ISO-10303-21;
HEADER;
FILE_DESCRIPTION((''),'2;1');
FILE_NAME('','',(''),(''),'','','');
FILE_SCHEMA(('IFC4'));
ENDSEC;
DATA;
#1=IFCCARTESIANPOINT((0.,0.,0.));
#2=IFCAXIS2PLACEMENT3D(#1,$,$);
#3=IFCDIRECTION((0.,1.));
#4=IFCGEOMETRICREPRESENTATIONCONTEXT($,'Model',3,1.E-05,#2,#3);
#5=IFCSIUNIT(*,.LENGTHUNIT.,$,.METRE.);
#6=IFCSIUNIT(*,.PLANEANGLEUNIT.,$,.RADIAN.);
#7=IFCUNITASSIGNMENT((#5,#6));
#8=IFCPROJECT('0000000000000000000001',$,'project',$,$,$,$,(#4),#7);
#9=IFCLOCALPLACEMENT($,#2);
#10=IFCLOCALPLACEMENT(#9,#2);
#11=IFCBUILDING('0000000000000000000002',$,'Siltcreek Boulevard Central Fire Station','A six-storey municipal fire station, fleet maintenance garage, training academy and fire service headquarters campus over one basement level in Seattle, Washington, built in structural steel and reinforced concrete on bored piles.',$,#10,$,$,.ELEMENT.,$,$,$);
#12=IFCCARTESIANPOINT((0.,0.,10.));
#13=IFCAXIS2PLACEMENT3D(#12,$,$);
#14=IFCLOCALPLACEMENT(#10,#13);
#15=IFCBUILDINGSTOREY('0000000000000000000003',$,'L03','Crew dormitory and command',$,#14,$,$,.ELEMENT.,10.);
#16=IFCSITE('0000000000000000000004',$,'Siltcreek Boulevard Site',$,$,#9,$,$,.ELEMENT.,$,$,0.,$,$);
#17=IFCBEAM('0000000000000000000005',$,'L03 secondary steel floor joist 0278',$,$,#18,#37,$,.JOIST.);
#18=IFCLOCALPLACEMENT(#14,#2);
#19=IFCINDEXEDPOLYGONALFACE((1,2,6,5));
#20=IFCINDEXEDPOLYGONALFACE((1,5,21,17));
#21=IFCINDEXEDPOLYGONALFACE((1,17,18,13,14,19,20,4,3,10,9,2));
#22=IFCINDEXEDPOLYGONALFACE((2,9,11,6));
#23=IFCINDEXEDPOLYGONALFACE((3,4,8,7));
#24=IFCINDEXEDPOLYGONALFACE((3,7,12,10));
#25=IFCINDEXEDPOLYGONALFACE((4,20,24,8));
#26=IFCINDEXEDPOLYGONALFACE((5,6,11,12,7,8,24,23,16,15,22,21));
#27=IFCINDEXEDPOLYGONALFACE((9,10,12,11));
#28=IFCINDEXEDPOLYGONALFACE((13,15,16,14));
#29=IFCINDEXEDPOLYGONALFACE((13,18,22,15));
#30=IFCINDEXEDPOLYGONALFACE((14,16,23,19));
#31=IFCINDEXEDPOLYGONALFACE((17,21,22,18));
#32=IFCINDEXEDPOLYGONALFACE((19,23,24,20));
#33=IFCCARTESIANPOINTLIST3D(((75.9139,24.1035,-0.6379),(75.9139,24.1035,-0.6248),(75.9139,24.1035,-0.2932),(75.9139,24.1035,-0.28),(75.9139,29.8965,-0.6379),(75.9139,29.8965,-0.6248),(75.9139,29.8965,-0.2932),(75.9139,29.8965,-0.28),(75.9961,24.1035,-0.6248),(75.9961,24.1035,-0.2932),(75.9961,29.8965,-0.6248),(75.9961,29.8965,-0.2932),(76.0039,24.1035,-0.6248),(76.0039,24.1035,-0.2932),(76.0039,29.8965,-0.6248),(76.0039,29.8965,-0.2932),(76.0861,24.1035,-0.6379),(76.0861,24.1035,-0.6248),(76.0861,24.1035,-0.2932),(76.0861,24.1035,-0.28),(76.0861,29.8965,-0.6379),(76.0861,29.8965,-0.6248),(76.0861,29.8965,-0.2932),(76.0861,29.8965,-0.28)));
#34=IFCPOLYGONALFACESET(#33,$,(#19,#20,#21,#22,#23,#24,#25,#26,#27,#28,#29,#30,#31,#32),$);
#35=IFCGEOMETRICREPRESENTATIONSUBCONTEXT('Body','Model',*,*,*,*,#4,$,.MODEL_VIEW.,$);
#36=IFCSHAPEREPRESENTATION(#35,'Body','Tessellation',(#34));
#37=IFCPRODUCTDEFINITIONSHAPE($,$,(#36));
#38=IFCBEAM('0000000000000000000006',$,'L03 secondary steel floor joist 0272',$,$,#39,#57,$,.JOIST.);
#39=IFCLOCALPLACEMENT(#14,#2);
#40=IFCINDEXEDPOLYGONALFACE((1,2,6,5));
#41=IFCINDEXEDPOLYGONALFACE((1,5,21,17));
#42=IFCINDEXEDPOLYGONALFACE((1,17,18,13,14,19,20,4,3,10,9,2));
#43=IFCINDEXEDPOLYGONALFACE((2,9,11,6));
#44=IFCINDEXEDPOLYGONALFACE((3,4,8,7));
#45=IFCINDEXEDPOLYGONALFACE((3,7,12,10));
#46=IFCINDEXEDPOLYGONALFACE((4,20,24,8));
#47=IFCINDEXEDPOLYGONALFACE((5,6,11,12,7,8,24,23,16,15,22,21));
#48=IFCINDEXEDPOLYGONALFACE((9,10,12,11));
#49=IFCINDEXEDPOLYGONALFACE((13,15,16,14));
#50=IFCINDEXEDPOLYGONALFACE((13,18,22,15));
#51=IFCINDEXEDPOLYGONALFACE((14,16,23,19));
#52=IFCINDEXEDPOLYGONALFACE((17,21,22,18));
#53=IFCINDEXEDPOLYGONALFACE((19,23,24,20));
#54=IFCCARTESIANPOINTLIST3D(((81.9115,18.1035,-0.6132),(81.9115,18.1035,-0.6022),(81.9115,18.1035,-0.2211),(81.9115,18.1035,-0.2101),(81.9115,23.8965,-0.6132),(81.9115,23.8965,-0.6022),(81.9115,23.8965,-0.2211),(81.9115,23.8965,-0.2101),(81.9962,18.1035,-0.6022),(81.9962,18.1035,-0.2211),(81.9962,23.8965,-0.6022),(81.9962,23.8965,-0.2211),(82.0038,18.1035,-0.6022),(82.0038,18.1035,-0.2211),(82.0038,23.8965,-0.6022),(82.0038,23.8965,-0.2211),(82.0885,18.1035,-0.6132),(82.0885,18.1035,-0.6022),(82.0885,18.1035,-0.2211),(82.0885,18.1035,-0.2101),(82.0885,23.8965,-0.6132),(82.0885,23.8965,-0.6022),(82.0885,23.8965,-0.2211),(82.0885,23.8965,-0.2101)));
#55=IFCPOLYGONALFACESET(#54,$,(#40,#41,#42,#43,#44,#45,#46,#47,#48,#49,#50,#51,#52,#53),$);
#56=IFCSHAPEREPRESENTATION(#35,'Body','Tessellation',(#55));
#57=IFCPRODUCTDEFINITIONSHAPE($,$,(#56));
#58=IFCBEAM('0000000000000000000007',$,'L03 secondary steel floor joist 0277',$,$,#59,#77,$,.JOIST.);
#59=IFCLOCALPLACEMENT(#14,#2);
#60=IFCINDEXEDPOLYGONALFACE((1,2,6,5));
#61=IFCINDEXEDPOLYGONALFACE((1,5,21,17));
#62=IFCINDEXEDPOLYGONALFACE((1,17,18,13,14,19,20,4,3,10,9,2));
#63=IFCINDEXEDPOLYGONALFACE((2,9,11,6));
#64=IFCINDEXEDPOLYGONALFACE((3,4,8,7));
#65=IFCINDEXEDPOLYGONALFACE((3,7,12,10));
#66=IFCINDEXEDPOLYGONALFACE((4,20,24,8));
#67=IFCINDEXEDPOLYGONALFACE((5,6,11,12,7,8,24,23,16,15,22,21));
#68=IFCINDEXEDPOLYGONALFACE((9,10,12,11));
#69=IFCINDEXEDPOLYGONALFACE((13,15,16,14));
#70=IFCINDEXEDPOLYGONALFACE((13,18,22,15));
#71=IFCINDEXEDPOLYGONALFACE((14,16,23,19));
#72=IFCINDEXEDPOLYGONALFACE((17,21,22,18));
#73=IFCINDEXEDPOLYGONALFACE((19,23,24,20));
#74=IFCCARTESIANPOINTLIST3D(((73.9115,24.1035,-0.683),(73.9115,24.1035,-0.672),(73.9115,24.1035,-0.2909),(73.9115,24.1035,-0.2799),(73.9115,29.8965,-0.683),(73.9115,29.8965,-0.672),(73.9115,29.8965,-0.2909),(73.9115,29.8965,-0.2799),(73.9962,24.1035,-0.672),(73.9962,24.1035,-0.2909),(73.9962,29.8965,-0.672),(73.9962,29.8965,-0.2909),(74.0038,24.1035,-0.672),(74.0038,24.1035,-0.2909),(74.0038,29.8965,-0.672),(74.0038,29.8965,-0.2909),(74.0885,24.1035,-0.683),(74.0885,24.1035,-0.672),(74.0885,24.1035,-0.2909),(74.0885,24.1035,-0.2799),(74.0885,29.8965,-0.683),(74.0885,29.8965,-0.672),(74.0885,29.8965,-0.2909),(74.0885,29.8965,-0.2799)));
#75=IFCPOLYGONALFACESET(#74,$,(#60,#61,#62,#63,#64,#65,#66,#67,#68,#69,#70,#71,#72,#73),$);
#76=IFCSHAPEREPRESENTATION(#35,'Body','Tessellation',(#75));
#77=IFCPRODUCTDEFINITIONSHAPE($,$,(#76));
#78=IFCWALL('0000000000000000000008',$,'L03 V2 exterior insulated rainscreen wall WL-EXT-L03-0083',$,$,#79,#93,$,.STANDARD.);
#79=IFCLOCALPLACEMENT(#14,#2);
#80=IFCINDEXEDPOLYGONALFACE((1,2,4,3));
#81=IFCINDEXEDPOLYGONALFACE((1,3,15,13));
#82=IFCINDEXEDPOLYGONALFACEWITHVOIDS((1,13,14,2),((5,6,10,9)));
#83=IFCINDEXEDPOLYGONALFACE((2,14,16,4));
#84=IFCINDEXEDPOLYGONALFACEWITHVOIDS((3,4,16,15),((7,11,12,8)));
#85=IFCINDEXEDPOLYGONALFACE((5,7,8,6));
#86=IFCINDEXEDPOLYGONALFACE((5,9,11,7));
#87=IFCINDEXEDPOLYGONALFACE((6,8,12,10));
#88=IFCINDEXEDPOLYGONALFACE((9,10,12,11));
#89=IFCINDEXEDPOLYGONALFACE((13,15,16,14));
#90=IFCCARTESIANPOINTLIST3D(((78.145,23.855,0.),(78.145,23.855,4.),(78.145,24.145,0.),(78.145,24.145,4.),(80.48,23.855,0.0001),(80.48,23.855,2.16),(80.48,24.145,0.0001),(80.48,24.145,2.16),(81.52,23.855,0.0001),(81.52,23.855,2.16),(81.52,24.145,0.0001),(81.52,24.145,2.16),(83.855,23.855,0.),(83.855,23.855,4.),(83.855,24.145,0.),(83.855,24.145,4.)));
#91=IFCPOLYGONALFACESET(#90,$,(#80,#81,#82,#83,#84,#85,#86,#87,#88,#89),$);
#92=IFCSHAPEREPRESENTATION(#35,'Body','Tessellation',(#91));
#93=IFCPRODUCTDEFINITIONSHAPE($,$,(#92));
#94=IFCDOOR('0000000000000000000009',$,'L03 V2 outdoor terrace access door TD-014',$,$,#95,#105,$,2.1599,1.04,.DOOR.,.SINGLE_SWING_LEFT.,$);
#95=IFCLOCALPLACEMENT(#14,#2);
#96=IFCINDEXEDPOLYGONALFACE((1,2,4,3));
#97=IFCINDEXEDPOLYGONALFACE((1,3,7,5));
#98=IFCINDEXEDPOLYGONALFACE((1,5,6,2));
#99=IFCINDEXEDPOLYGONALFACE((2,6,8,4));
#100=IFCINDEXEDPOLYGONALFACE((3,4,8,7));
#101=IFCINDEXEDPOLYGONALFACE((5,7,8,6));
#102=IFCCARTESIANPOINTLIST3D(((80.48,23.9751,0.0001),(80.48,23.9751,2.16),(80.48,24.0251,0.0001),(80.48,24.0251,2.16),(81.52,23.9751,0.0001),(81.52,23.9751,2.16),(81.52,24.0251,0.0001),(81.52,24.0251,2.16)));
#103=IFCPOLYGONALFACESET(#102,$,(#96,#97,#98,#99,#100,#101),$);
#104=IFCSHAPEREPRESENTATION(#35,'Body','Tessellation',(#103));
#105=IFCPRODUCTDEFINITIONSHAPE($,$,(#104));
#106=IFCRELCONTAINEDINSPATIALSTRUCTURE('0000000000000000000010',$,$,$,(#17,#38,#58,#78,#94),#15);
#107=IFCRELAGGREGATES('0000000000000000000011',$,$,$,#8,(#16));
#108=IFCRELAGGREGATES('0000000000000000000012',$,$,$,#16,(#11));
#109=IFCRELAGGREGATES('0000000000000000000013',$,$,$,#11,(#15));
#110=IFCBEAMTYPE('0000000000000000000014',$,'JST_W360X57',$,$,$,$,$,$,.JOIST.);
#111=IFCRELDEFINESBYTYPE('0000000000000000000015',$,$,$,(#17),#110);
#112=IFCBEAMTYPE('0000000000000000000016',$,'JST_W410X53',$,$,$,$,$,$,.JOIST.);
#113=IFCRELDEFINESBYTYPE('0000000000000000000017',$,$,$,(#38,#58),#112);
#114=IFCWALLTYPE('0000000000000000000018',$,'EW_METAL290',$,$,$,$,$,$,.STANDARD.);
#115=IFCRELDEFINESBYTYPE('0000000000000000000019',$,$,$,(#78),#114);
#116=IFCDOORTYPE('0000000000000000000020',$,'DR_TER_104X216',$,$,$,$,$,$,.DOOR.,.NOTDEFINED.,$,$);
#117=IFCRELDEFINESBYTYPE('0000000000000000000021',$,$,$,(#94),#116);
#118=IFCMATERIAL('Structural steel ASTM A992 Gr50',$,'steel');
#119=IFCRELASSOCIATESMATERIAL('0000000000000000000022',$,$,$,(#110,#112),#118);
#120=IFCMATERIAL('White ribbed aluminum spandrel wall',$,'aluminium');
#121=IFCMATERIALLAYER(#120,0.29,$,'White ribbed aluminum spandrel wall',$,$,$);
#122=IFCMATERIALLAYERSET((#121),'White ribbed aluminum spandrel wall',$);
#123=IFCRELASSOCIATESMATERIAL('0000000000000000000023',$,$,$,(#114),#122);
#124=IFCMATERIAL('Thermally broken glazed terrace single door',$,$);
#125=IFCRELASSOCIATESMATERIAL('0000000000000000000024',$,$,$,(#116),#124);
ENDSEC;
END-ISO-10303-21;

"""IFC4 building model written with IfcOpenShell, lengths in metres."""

from ifc_helpers import new_model, si_unit, direction, frame, frame_2d, origin, origin_2d, place, context, subcontext, project, spatial, rectangle, i_section, extrude, material, layer, layer_set, material_profile, profile_set, type_object, element, fill, save


model = new_model("IFC4")

# Units and contexts
model_context = context("Model", 3, precision=1e-05, world=origin(), true_north=direction((0.0, 1.0)))
body_context = subcontext(model_context, "Body", "Model", "MODEL_VIEW")
ifc_project = project(units=[si_unit("LENGTHUNIT", "METRE"), si_unit("PLANEANGLEUNIT", "RADIAN")], contexts=[model_context])

# Site, building, storey
site_placement = place(None, origin())
site = spatial("IfcSite", under=ifc_project, at=site_placement, Name="Siltcreek Boulevard Site", CompositionType="ELEMENT", RefElevation=0.0)
building_placement = place(site_placement, origin())
building = spatial("IfcBuilding", under=site, at=building_placement, Name="Siltcreek Boulevard Central Fire Station", Description="A six-storey municipal fire station, fleet maintenance garage, training academy and fire service headquarters campus over one basement level in Seattle, Washington, built in structural steel and reinforced concrete on bored piles.", CompositionType="ELEMENT")
storey_placement = place(building_placement, frame((0.0, 0.0, 10.0)))
storey = spatial("IfcBuildingStorey", under=building, at=storey_placement, Name="L03", Description="Crew dormitory and command", CompositionType="ELEMENT", Elevation=10.0)

# Shared definitions
ifc_material_1 = material(Name="Structural steel ASTM A992 Gr50", Category="steel")

# Beams
ifc_material_profile_1 = material_profile(ifc_material_1, i_section(OverallWidth=0.1721, OverallDepth=0.3579, WebThickness=0.0078, FlangeThickness=0.0132, at=origin_2d()), Name="W360X57")
ifc_profile_set_1 = profile_set([ifc_material_profile_1], Name="Structural steel ASTM A992 Gr50")
beam_type_1 = type_object("IfcBeamType", Name="JST_W360X57", PredefinedType="JOIST", material=ifc_profile_set_1)
beam_1_placement = place(storey_placement, frame((76.0, 24.1035, -0.459), z_axis=(0.0, 1.0, 0.0), x_axis=(-1.0, 0.0, 0.0)))
element("IfcBeam", 1, at=beam_1_placement, inside=storey, type_object=beam_type_1, Name="L03 secondary steel floor joist 0278", PredefinedType="JOIST", context=body_context, shape_type="SweptSolid", body=[
    extrude(i_section(OverallWidth=0.1721, OverallDepth=0.3579, WebThickness=0.0078, FlangeThickness=0.0132, at=origin_2d()), origin(), (0.0, 0.0, 1.0), 5.793),
])
ifc_material_profile_2 = material_profile(ifc_material_1, i_section(OverallWidth=0.177, OverallDepth=0.4031, WebThickness=0.0076, FlangeThickness=0.011, at=origin_2d()), Name="W410X53")
ifc_profile_set_2 = profile_set([ifc_material_profile_2], Name="Structural steel ASTM A992 Gr50")
beam_type_2 = type_object("IfcBeamType", Name="JST_W410X53", PredefinedType="JOIST", material=ifc_profile_set_2)
for number, where, z_axis, x_axis, name in (
    (2, (82.0, 18.1035, -0.4116), (0.0, 1.0, 0.0), (-1.0, 0.0, 0.0), "L03 secondary steel floor joist 0272"),
    (3, (74.0, 24.1035, -0.4814), (0.0, 1.0, 0.0), (-1.0, 0.0, 0.0), "L03 secondary steel floor joist 0277"),
):
    element("IfcBeam", number, at=place(storey_placement, frame(where, z_axis=z_axis, x_axis=x_axis)), inside=storey, type_object=beam_type_2, Name=name, PredefinedType="JOIST", context=body_context, shape_type="SweptSolid", body=[
        extrude(i_section(OverallWidth=0.177, OverallDepth=0.4031, WebThickness=0.0076, FlangeThickness=0.011, at=origin_2d()), origin(), (0.0, 0.0, 1.0), 5.793),
    ])

# Wall, opening, door
ifc_material_2 = material(Name="White ribbed aluminum spandrel wall", Category="aluminium")
ifc_layer = layer(ifc_material_2, 0.29, Name="White ribbed aluminum spandrel wall")
ifc_layer_set = layer_set([ifc_layer], Name="White ribbed aluminum spandrel wall")
wall_type = type_object("IfcWallType", Name="EW_METAL290", PredefinedType="STANDARD", material=ifc_layer_set)
wall_placement = place(storey_placement, frame((78.145, 24.0, 0.0), z_axis=(0.0, 0.0, 1.0), x_axis=(1.0, 0.0, 0.0)))
wall = element("IfcWall", 4, at=wall_placement, inside=storey, type_object=wall_type, Name="L03 V2 exterior insulated rainscreen wall WL-EXT-L03-0083", PredefinedType="STANDARD", context=body_context, shape_type="SweptSolid", body=[
    extrude(rectangle(XDim=5.71, YDim=0.29, at=frame_2d((2.855, 0.0))), origin(), (0.0, 0.0, 1.0), 4.0),
])
opening_placement = place(wall_placement, frame((2.335, 0.0, 0.0)))
opening = element("IfcOpeningElement", 5, at=opening_placement, cuts=wall, PredefinedType="OPENING", context=body_context, shape_type="SweptSolid", body=[
    extrude(rectangle(XDim=1.04, YDim=2.1599, at=frame_2d((0.52, 1.0801))), frame((0.0, 0.155, 0.0), z_axis=(0.0, -1.0, 0.0), x_axis=(1.0, 0.0, 0.0)), (0.0, 0.0, 1.0), 0.3101),
])
ifc_material_3 = material(Name="Thermally broken glazed terrace single door")
door_type = type_object("IfcDoorType", Name="DR_TER_104X216", OperationType="NOTDEFINED", PredefinedType="DOOR", material=ifc_material_3)
door_placement = place(opening_placement, frame((1.04, 0.0, 0.0), z_axis=(0.0, 0.0, 1.0), x_axis=(-1.0, 0.0, 0.0)))
door = element("IfcDoor", 6, at=door_placement, inside=storey, type_object=door_type, Name="L03 V2 outdoor terrace access door TD-014", OperationType="SINGLE_SWING_LEFT", OverallHeight=2.1599, OverallWidth=1.04, PredefinedType="DOOR", context=body_context, shape_type="SweptSolid", body=[
    extrude(rectangle(XDim=1.04, YDim=2.1599, at=frame_2d((0.52, 1.0801))), frame((0.0, 0.0249, 0.0), z_axis=(0.0, -1.0, 0.0), x_axis=(1.0, 0.0, 0.0)), (0.0, 0.0, 1.0), 0.05),
])
fill(opening, door)

save(model, "model.ifc")
